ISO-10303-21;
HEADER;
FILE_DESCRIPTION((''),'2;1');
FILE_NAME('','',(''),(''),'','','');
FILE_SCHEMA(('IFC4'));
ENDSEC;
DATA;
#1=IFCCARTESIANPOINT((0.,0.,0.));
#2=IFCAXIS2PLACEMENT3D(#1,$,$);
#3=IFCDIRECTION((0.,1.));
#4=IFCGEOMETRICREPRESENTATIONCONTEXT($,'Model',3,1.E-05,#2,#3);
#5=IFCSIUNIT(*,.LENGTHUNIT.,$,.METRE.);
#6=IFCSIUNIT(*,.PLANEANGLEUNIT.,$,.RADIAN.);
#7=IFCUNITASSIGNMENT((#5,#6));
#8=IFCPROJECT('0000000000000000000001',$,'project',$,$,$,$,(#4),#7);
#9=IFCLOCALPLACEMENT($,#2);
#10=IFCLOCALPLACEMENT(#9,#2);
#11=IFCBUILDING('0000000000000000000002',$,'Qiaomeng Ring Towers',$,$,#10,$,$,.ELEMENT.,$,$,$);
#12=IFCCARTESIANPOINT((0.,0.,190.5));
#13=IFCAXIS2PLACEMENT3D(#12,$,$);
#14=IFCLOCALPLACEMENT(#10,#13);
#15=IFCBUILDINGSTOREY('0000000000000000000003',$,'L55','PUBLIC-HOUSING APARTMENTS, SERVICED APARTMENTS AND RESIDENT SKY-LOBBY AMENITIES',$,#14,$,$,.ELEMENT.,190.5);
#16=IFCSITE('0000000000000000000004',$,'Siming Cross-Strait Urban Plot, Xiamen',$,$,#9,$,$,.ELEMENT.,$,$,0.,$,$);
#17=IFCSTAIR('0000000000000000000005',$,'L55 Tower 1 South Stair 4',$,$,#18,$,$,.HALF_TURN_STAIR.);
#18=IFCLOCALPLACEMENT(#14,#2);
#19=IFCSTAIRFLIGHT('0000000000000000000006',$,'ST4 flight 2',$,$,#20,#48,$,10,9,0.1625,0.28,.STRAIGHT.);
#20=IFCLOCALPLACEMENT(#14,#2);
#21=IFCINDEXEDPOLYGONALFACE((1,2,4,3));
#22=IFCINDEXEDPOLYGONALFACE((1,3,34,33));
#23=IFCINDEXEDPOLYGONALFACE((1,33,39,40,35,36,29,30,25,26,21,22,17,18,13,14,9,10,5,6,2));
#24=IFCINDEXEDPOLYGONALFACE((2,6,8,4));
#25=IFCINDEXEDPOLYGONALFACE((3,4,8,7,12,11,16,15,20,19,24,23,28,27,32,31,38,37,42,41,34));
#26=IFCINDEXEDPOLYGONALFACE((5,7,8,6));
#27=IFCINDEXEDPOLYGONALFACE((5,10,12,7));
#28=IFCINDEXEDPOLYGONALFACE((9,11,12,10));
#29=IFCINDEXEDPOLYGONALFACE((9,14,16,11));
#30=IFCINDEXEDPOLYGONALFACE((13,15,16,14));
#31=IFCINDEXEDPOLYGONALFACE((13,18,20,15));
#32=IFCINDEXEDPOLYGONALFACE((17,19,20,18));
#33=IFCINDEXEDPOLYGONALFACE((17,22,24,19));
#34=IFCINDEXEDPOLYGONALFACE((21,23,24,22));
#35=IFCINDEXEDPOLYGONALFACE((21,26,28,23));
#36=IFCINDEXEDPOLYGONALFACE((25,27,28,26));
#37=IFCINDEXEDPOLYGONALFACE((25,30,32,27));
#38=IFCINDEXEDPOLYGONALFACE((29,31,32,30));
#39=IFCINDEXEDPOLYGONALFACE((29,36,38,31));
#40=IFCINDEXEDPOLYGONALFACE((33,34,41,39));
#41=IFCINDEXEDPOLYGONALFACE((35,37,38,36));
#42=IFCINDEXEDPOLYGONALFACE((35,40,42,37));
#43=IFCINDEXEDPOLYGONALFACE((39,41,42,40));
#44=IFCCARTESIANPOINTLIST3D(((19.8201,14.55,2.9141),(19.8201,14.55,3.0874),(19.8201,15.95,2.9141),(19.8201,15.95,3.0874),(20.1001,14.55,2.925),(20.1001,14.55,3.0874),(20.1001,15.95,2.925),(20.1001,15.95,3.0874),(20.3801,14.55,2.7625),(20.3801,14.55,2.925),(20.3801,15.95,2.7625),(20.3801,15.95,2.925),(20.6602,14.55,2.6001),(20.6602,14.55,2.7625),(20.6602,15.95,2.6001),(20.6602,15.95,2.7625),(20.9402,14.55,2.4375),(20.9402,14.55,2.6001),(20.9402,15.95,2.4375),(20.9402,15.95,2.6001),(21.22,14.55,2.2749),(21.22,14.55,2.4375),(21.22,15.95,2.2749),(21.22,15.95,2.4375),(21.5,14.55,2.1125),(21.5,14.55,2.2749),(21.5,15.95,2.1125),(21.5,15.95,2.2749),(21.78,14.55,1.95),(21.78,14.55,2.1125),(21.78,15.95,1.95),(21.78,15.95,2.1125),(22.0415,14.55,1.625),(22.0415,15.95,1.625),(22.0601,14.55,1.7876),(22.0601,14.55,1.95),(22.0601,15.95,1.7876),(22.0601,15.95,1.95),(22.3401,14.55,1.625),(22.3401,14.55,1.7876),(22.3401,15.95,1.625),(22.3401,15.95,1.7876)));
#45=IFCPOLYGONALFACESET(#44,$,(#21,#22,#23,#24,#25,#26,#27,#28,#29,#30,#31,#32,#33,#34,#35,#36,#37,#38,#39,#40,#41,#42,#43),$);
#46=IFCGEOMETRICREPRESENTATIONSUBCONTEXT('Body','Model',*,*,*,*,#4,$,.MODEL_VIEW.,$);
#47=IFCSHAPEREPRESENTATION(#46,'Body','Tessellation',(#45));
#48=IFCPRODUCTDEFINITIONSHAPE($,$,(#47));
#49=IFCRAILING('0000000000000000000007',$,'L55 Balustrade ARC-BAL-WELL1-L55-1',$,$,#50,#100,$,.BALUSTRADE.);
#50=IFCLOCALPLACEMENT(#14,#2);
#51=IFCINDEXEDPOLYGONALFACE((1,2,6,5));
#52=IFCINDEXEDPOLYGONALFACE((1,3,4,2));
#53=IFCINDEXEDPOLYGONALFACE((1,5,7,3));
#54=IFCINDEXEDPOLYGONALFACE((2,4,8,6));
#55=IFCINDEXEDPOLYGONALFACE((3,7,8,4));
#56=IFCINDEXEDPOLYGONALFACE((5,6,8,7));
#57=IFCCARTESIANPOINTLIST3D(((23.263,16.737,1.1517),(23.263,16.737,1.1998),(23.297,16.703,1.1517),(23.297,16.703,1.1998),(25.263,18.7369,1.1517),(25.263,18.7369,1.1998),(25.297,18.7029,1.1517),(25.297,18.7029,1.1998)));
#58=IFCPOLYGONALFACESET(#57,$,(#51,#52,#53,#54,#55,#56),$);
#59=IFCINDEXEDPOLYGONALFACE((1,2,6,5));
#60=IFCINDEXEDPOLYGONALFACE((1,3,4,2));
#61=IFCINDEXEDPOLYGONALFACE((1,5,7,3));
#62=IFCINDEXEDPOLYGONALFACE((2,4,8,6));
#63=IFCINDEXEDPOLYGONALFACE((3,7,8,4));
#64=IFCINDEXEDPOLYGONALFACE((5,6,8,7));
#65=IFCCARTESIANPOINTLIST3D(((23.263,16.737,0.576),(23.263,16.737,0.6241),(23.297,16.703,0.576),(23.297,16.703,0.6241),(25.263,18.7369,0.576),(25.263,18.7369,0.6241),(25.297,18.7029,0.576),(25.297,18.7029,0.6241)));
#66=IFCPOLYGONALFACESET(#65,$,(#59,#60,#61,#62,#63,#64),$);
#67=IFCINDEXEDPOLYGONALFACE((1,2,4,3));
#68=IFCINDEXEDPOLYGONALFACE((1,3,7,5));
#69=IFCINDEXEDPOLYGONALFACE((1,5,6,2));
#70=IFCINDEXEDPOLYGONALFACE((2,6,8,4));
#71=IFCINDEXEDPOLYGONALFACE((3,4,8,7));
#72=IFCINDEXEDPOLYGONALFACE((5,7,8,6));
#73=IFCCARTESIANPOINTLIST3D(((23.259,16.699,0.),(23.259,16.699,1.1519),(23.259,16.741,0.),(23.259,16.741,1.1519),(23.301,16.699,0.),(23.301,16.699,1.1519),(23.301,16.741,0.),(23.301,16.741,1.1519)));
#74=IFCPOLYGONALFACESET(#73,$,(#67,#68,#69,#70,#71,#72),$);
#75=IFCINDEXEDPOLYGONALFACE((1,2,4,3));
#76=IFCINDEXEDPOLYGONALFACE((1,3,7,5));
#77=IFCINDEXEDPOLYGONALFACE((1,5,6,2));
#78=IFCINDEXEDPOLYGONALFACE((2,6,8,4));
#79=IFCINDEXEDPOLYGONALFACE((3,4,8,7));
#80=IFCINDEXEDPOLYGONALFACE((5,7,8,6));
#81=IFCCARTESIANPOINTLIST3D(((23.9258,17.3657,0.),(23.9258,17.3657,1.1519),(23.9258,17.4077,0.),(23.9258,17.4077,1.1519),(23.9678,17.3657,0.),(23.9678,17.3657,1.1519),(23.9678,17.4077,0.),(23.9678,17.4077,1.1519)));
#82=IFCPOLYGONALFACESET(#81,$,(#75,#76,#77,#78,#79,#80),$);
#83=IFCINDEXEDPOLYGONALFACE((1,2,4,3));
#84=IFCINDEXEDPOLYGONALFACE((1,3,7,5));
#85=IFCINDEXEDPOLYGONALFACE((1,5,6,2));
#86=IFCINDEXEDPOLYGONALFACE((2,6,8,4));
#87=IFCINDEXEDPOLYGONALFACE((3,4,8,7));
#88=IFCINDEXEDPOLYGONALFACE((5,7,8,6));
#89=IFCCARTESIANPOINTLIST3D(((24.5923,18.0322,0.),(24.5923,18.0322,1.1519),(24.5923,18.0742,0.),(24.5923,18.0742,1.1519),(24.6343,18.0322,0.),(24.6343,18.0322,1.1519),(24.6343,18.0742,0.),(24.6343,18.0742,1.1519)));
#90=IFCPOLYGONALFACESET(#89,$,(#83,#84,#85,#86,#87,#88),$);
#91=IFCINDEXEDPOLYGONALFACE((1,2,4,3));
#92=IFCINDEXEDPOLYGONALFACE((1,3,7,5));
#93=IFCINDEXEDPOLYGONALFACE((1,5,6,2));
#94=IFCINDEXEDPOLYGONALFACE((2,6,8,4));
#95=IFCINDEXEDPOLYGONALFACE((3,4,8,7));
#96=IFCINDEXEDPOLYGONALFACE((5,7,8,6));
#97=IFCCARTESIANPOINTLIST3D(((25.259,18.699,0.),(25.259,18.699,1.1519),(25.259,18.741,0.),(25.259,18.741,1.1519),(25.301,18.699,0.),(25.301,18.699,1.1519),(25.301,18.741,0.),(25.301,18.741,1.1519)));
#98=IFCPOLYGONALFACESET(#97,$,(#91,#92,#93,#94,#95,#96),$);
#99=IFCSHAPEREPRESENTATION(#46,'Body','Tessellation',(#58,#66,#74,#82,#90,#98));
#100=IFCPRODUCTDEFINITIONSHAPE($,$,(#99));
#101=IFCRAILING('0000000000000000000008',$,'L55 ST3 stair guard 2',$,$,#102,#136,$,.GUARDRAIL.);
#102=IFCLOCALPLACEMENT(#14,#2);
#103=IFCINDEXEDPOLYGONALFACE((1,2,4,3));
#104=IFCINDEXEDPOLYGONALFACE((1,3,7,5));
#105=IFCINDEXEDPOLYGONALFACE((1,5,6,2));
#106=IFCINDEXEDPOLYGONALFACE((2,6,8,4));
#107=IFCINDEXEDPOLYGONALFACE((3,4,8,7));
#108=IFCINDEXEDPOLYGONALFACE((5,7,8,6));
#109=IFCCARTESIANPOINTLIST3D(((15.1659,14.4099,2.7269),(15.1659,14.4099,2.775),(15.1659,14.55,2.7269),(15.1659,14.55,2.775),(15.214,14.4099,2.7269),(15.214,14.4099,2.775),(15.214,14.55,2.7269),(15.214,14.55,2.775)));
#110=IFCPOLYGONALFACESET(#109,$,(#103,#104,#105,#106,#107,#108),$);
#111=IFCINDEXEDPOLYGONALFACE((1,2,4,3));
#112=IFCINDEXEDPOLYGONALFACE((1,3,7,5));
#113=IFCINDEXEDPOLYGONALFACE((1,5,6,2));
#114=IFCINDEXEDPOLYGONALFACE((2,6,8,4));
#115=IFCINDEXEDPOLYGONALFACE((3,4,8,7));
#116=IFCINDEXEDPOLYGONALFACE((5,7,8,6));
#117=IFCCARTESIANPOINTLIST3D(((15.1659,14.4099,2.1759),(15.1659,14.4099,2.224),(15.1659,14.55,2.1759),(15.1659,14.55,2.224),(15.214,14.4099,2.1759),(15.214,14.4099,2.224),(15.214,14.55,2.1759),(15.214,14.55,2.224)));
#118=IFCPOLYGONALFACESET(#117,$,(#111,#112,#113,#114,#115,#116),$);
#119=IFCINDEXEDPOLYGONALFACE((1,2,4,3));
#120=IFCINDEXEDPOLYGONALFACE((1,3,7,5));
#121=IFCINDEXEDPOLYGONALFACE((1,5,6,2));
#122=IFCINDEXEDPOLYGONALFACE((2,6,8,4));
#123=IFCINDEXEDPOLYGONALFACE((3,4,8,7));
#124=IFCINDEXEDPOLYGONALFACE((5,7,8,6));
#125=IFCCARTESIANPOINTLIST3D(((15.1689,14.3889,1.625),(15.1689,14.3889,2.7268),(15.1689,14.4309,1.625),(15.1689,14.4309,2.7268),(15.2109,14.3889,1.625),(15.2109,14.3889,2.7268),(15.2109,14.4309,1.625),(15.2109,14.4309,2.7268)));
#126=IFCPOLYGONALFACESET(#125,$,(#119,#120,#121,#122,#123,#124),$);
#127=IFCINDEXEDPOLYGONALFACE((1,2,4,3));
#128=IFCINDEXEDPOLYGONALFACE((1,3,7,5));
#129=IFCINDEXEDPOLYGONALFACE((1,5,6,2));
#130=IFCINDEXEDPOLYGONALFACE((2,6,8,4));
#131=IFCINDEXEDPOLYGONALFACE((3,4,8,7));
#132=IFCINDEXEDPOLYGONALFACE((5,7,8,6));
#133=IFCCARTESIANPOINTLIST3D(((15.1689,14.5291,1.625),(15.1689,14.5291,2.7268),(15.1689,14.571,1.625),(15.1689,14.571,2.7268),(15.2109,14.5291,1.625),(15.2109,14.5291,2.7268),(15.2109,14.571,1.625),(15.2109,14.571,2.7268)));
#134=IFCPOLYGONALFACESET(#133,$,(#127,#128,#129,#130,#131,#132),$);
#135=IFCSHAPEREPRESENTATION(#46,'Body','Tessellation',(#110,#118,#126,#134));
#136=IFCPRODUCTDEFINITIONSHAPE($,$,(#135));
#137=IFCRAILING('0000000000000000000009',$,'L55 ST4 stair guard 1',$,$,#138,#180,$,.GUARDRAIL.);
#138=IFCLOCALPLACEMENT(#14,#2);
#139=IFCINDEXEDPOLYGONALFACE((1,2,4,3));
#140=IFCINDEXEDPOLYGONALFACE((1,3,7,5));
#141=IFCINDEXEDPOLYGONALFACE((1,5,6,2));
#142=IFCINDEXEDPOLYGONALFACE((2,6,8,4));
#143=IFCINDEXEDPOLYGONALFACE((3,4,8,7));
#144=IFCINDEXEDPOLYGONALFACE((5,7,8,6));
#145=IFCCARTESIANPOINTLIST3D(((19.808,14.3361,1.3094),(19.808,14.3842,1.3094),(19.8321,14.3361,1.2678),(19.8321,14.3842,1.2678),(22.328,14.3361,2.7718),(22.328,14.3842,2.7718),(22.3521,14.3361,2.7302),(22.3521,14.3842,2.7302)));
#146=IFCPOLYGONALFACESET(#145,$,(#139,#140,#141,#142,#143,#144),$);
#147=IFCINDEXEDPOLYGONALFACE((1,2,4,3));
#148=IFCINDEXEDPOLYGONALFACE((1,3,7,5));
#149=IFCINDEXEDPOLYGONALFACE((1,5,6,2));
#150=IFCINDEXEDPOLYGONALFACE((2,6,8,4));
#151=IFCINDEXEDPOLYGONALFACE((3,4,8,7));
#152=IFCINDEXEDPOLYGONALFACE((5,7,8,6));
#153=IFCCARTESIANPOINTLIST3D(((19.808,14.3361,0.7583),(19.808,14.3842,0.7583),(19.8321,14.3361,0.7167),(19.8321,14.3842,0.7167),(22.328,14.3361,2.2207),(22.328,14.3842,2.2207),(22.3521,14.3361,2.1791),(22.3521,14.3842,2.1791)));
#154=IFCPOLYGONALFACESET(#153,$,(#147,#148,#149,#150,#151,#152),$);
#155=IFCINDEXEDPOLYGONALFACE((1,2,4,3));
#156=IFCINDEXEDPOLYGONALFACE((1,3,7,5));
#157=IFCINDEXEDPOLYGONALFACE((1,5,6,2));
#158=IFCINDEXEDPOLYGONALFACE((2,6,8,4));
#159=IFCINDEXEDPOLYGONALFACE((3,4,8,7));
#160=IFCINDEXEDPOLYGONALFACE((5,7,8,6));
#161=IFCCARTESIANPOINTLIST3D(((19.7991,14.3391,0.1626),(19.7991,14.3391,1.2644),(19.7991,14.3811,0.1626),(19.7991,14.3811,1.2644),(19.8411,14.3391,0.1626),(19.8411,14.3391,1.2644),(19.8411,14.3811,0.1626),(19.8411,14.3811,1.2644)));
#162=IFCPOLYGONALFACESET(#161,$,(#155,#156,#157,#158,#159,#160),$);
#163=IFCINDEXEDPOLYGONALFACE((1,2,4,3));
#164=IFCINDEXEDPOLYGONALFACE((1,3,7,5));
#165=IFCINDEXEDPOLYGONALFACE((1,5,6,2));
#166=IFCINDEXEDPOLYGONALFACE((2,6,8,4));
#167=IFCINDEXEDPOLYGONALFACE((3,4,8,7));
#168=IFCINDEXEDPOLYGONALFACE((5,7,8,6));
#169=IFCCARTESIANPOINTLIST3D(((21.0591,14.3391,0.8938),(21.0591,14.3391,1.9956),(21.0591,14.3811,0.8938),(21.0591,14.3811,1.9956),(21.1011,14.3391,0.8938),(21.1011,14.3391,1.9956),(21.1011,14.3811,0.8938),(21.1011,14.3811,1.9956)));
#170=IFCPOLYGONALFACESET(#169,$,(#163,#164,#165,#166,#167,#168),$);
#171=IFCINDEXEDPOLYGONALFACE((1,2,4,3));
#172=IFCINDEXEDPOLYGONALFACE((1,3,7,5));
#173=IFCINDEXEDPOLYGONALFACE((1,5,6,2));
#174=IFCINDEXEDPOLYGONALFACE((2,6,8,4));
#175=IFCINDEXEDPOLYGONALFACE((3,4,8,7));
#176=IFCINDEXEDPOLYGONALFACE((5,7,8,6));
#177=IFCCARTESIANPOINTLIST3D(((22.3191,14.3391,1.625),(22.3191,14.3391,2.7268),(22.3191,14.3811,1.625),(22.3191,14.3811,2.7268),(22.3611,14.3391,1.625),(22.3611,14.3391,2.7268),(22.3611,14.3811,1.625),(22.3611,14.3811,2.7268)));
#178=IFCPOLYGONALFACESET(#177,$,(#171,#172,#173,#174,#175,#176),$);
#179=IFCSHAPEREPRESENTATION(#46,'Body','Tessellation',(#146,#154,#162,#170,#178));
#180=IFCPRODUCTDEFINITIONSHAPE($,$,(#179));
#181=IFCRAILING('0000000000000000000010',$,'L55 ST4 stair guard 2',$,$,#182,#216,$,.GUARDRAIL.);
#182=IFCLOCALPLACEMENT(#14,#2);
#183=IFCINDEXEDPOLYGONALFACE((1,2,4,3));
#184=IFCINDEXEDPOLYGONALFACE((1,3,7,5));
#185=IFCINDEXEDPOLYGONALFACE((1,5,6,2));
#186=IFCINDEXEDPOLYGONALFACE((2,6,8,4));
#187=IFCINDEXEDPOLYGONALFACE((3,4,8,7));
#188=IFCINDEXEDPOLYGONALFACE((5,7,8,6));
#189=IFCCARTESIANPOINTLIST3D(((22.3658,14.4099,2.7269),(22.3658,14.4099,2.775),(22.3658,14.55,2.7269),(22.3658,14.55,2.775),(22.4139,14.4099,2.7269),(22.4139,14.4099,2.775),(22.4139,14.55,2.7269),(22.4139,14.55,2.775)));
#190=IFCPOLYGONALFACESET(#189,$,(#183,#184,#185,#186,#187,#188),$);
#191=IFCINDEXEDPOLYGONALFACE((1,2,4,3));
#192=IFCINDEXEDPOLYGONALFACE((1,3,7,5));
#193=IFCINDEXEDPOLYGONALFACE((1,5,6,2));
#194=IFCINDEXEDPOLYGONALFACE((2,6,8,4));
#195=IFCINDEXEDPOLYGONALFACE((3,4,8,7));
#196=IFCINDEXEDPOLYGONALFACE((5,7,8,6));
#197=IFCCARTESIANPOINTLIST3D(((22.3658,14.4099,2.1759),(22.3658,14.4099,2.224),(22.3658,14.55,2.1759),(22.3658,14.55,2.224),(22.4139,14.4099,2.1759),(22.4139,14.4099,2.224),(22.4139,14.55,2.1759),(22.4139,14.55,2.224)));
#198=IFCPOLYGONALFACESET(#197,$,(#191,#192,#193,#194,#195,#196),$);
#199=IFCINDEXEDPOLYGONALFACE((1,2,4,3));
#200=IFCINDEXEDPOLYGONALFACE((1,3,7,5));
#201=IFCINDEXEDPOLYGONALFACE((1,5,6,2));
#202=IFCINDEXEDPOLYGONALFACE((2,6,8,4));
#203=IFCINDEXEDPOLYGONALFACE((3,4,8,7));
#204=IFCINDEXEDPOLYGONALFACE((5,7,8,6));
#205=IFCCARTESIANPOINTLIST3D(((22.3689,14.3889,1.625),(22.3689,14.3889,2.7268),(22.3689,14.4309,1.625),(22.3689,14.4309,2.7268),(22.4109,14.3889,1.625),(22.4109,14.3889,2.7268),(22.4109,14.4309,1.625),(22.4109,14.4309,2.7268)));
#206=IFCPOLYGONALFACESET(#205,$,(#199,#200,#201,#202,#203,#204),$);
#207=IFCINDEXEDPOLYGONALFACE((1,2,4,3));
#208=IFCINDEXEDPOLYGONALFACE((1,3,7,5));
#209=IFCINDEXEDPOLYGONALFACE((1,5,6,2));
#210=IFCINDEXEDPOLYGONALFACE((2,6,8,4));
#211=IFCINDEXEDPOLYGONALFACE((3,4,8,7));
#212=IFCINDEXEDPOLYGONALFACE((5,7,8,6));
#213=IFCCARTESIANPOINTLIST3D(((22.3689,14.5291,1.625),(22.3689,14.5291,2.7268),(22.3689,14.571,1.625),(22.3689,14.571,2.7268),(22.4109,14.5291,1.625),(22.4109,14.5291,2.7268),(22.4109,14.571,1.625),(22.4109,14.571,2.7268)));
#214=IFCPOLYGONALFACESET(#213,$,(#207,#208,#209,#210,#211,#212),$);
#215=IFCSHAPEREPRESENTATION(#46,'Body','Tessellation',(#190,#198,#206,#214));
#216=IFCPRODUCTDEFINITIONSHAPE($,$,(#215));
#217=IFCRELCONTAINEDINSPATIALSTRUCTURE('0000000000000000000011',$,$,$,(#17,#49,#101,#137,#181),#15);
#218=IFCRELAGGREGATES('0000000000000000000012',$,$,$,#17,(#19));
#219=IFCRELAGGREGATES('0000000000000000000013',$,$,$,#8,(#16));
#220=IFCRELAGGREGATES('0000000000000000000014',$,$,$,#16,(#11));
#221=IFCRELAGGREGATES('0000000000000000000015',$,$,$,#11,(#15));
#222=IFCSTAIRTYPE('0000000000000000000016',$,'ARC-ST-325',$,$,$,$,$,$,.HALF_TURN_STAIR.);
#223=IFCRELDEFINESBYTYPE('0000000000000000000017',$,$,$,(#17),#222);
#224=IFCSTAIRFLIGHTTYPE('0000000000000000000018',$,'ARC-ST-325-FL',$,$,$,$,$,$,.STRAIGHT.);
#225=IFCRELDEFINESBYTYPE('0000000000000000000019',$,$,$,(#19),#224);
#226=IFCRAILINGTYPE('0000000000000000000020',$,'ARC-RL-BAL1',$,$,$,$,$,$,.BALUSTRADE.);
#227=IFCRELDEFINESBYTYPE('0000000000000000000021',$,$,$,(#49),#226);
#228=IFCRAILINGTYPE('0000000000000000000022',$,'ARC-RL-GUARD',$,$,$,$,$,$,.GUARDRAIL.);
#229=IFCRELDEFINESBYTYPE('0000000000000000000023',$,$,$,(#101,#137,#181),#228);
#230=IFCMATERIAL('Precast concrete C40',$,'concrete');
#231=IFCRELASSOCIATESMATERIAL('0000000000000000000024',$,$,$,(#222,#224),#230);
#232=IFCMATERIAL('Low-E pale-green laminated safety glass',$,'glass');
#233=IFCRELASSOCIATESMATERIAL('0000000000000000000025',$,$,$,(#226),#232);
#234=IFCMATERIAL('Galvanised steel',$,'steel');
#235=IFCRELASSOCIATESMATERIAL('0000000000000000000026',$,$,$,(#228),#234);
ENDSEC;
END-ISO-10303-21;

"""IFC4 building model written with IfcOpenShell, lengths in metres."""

from ifc_helpers import new_model, si_unit, direction, frame, origin, origin_2d, place, context, subcontext, project, spatial, polyline, rectangle, outline, extrude, source, transform, mapped, material, type_object, element, aggregate, save


model = new_model("IFC4")

# Units and contexts
model_context = context("Model", 3, precision=1e-05, world=origin(), true_north=direction((0.0, 1.0)))
body_context = subcontext(model_context, "Body", "Model", "MODEL_VIEW")
ifc_project = project(units=[si_unit("LENGTHUNIT", "METRE"), si_unit("PLANEANGLEUNIT", "RADIAN")], contexts=[model_context])

# Site, building, storey
site_placement = place(None, origin())
site = spatial("IfcSite", under=ifc_project, at=site_placement, Name="Siming Cross-Strait Urban Plot, Xiamen", CompositionType="ELEMENT", RefElevation=0.0)
building_placement = place(site_placement, origin())
building = spatial("IfcBuilding", under=site, at=building_placement, Name="Qiaomeng Ring Towers", CompositionType="ELEMENT")
storey_placement = place(building_placement, frame((0.0, 0.0, 190.5)))
storey = spatial("IfcBuildingStorey", under=building, at=storey_placement, Name="L55", Description="PUBLIC-HOUSING APARTMENTS, SERVICED APARTMENTS AND RESIDENT SKY-LOBBY AMENITIES", CompositionType="ELEMENT", Elevation=190.5)

# Shared definitions
ifc_material_1 = material(Name="Galvanised steel", Category="steel")

# Stair, stair flight
ifc_material_2 = material(Name="Precast concrete C40", Category="concrete")
stair_type = type_object("IfcStairType", Name="ARC-ST-325", PredefinedType="HALF_TURN_STAIR", material=ifc_material_2)
stair_placement = place(storey_placement, origin())
stair = element("IfcStair", 1, at=stair_placement, inside=storey, type_object=stair_type, Name="L55 Tower 1 South Stair 4", PredefinedType="HALF_TURN_STAIR")
stair_flight_type = type_object("IfcStairFlightType", Name="ARC-ST-325-FL", PredefinedType="STRAIGHT", material=ifc_material_2)
shared_shape_1 = source(origin(), body_context, "Body", "SweptSolid", [
    extrude(outline(polyline([(0.0, 0.0), (0.0, 0.1626), (0.28, 0.1626), (0.28, 0.325), (0.5601, 0.325), (0.5601, 0.4875), (0.8401, 0.4875), (0.8401, 0.6499), (1.1201, 0.6499), (1.1201, 0.8125), (1.3999, 0.8125), (1.3999, 0.9751), (1.6799, 0.9751), (1.6799, 1.1375), (1.96, 1.1375), (1.96, 1.3), (2.24, 1.3), (2.24, 1.4624), (2.52, 1.4624), (2.52, 1.625), (2.52, 1.2891), (0.2986, 0.0), (0.0, 0.0)])), frame((0.0, 0.7, 0.0), z_axis=(0.0, -1.0, 0.0), x_axis=(1.0, 0.0, 0.0)), (0.0, 0.0, 1.0), 1.3999),
])
stair_flight_1_placement = place(storey_placement, frame((22.3401, 15.25, 1.625), z_axis=(0.0, 0.0, 1.0), x_axis=(-1.0, 0.0, 0.0)))
stair_flight_1 = element("IfcStairFlight", 2, at=stair_flight_1_placement, type_object=stair_flight_type, Name="ST4 flight 2", NumberOfRisers=10, NumberOfTreads=9, PredefinedType="STRAIGHT", RiserHeight=0.1625, TreadLength=0.28, context=body_context, shape_type="MappedRepresentation", body=[
    mapped(shared_shape_1, transform((0.0, 0.0, 0.0), x_axis=(1.0, 0.0, 0.0), y_axis=(0.0, 1.0, 0.0), z_axis=(0.0, 0.0, 1.0), scale=1.0)),
])
aggregate(stair, [stair_flight_1])

# Railings
ifc_material_3 = material(Name="Low-E pale-green laminated safety glass", Category="glass")
railing_type_1 = type_object("IfcRailingType", Name="ARC-RL-BAL1", PredefinedType="BALUSTRADE", material=ifc_material_3)
railing_1_placement = place(storey_placement, frame((23.28, 16.72, 0.0)))
element("IfcRailing", 3, at=railing_1_placement, inside=storey, type_object=railing_type_1, Name="L55 Balustrade ARC-BAL-WELL1-L55-1", PredefinedType="BALUSTRADE", context=body_context, shape_type="SweptSolid", body=[
    extrude(rectangle(XDim=0.0481, YDim=0.0481, at=origin_2d()), frame((0.0, 0.0, 1.1758), z_axis=(0.707107, 0.707107, 0.0), x_axis=(-0.707107, 0.707107, 0.0)), (0.0, 0.0, 1.0), 2.8284),
    extrude(rectangle(XDim=0.0481, YDim=0.0481, at=origin_2d()), frame((0.0, 0.0, 0.6001), z_axis=(0.707107, 0.707107, 0.0), x_axis=(-0.707107, 0.707107, 0.0)), (0.0, 0.0, 1.0), 2.8284),
    extrude(rectangle(XDim=0.042, YDim=0.042, at=origin_2d()), origin(), (0.0, 0.0, 1.0), 1.1519),
    extrude(rectangle(XDim=0.042, YDim=0.042, at=origin_2d()), frame((0.6667, 0.6667, 0.0)), (0.0, 0.0, 1.0), 1.1519),
    extrude(rectangle(XDim=0.042, YDim=0.042, at=origin_2d()), frame((1.3333, 1.3333, 0.0)), (0.0, 0.0, 1.0), 1.1519),
    extrude(rectangle(XDim=0.042, YDim=0.042, at=origin_2d()), frame((2.0, 2.0, 0.0)), (0.0, 0.0, 1.0), 1.1519),
])
railing_type_2 = type_object("IfcRailingType", Name="ARC-RL-GUARD", PredefinedType="GUARDRAIL", material=ifc_material_1)
railing_2_placement = place(storey_placement, frame((15.1899, 14.4099, 1.625)))
element("IfcRailing", 4, at=railing_2_placement, inside=storey, type_object=railing_type_2, Name="L55 ST3 stair guard 2", PredefinedType="GUARDRAIL", context=body_context, shape_type="SweptSolid", body=[
    extrude(rectangle(XDim=0.0481, YDim=0.0481, at=origin_2d()), frame((0.0, 0.0, 1.126), z_axis=(0.0, 1.0, 0.0), x_axis=(-1.0, 0.0, 0.0)), (0.0, 0.0, 1.0), 0.1401),
    extrude(rectangle(XDim=0.0481, YDim=0.0481, at=origin_2d()), frame((0.0, 0.0, 0.575), z_axis=(0.0, 1.0, 0.0), x_axis=(-1.0, 0.0, 0.0)), (0.0, 0.0, 1.0), 0.1401),
    extrude(rectangle(XDim=0.042, YDim=0.042, at=origin_2d()), origin(), (0.0, 0.0, 1.0), 1.1018),
    extrude(rectangle(XDim=0.042, YDim=0.042, at=origin_2d()), frame((0.0, 0.1401, 0.0)), (0.0, 0.0, 1.0), 1.1018),
])
railing_3_placement = place(storey_placement, frame((19.8201, 14.3601, 0.1626)))
element("IfcRailing", 5, at=railing_3_placement, inside=storey, type_object=railing_type_2, Name="L55 ST4 stair guard 1", PredefinedType="GUARDRAIL", context=body_context, shape_type="SweptSolid", body=[
    extrude(rectangle(XDim=0.0481, YDim=0.0481, at=origin_2d()), frame((0.0, 0.0, 1.126), z_axis=(0.864913, 0.0, 0.501921), x_axis=(0.0, 1.0, 0.0)), (0.0, 0.0, 1.0), 2.9136),
    extrude(rectangle(XDim=0.0481, YDim=0.0481, at=origin_2d()), frame((0.0, 0.0, 0.575), z_axis=(0.864913, 0.0, 0.501921), x_axis=(0.0, 1.0, 0.0)), (0.0, 0.0, 1.0), 2.9136),
    extrude(rectangle(XDim=0.042, YDim=0.042, at=origin_2d()), origin(), (0.0, 0.0, 1.0), 1.1018),
    extrude(rectangle(XDim=0.042, YDim=0.042, at=origin_2d()), frame((1.26, 0.0, 0.7312)), (0.0, 0.0, 1.0), 1.1018),
    extrude(rectangle(XDim=0.042, YDim=0.042, at=origin_2d()), frame((2.52, 0.0, 1.4624)), (0.0, 0.0, 1.0), 1.1018),
])
railing_4_placement = place(storey_placement, frame((22.3899, 14.4099, 1.625)))
element("IfcRailing", 6, at=railing_4_placement, inside=storey, type_object=railing_type_2, Name="L55 ST4 stair guard 2", PredefinedType="GUARDRAIL", context=body_context, shape_type="SweptSolid", body=[
    extrude(rectangle(XDim=0.0481, YDim=0.0481, at=origin_2d()), frame((0.0, 0.0, 1.126), z_axis=(0.0, 1.0, 0.0), x_axis=(-1.0, 0.0, 0.0)), (0.0, 0.0, 1.0), 0.1401),
    extrude(rectangle(XDim=0.0481, YDim=0.0481, at=origin_2d()), frame((0.0, 0.0, 0.575), z_axis=(0.0, 1.0, 0.0), x_axis=(-1.0, 0.0, 0.0)), (0.0, 0.0, 1.0), 0.1401),
    extrude(rectangle(XDim=0.042, YDim=0.042, at=origin_2d()), origin(), (0.0, 0.0, 1.0), 1.1018),
    extrude(rectangle(XDim=0.042, YDim=0.042, at=origin_2d()), frame((0.0, 0.1401, 0.0)), (0.0, 0.0, 1.0), 1.1018),
])

save(model, "model.ifc")
